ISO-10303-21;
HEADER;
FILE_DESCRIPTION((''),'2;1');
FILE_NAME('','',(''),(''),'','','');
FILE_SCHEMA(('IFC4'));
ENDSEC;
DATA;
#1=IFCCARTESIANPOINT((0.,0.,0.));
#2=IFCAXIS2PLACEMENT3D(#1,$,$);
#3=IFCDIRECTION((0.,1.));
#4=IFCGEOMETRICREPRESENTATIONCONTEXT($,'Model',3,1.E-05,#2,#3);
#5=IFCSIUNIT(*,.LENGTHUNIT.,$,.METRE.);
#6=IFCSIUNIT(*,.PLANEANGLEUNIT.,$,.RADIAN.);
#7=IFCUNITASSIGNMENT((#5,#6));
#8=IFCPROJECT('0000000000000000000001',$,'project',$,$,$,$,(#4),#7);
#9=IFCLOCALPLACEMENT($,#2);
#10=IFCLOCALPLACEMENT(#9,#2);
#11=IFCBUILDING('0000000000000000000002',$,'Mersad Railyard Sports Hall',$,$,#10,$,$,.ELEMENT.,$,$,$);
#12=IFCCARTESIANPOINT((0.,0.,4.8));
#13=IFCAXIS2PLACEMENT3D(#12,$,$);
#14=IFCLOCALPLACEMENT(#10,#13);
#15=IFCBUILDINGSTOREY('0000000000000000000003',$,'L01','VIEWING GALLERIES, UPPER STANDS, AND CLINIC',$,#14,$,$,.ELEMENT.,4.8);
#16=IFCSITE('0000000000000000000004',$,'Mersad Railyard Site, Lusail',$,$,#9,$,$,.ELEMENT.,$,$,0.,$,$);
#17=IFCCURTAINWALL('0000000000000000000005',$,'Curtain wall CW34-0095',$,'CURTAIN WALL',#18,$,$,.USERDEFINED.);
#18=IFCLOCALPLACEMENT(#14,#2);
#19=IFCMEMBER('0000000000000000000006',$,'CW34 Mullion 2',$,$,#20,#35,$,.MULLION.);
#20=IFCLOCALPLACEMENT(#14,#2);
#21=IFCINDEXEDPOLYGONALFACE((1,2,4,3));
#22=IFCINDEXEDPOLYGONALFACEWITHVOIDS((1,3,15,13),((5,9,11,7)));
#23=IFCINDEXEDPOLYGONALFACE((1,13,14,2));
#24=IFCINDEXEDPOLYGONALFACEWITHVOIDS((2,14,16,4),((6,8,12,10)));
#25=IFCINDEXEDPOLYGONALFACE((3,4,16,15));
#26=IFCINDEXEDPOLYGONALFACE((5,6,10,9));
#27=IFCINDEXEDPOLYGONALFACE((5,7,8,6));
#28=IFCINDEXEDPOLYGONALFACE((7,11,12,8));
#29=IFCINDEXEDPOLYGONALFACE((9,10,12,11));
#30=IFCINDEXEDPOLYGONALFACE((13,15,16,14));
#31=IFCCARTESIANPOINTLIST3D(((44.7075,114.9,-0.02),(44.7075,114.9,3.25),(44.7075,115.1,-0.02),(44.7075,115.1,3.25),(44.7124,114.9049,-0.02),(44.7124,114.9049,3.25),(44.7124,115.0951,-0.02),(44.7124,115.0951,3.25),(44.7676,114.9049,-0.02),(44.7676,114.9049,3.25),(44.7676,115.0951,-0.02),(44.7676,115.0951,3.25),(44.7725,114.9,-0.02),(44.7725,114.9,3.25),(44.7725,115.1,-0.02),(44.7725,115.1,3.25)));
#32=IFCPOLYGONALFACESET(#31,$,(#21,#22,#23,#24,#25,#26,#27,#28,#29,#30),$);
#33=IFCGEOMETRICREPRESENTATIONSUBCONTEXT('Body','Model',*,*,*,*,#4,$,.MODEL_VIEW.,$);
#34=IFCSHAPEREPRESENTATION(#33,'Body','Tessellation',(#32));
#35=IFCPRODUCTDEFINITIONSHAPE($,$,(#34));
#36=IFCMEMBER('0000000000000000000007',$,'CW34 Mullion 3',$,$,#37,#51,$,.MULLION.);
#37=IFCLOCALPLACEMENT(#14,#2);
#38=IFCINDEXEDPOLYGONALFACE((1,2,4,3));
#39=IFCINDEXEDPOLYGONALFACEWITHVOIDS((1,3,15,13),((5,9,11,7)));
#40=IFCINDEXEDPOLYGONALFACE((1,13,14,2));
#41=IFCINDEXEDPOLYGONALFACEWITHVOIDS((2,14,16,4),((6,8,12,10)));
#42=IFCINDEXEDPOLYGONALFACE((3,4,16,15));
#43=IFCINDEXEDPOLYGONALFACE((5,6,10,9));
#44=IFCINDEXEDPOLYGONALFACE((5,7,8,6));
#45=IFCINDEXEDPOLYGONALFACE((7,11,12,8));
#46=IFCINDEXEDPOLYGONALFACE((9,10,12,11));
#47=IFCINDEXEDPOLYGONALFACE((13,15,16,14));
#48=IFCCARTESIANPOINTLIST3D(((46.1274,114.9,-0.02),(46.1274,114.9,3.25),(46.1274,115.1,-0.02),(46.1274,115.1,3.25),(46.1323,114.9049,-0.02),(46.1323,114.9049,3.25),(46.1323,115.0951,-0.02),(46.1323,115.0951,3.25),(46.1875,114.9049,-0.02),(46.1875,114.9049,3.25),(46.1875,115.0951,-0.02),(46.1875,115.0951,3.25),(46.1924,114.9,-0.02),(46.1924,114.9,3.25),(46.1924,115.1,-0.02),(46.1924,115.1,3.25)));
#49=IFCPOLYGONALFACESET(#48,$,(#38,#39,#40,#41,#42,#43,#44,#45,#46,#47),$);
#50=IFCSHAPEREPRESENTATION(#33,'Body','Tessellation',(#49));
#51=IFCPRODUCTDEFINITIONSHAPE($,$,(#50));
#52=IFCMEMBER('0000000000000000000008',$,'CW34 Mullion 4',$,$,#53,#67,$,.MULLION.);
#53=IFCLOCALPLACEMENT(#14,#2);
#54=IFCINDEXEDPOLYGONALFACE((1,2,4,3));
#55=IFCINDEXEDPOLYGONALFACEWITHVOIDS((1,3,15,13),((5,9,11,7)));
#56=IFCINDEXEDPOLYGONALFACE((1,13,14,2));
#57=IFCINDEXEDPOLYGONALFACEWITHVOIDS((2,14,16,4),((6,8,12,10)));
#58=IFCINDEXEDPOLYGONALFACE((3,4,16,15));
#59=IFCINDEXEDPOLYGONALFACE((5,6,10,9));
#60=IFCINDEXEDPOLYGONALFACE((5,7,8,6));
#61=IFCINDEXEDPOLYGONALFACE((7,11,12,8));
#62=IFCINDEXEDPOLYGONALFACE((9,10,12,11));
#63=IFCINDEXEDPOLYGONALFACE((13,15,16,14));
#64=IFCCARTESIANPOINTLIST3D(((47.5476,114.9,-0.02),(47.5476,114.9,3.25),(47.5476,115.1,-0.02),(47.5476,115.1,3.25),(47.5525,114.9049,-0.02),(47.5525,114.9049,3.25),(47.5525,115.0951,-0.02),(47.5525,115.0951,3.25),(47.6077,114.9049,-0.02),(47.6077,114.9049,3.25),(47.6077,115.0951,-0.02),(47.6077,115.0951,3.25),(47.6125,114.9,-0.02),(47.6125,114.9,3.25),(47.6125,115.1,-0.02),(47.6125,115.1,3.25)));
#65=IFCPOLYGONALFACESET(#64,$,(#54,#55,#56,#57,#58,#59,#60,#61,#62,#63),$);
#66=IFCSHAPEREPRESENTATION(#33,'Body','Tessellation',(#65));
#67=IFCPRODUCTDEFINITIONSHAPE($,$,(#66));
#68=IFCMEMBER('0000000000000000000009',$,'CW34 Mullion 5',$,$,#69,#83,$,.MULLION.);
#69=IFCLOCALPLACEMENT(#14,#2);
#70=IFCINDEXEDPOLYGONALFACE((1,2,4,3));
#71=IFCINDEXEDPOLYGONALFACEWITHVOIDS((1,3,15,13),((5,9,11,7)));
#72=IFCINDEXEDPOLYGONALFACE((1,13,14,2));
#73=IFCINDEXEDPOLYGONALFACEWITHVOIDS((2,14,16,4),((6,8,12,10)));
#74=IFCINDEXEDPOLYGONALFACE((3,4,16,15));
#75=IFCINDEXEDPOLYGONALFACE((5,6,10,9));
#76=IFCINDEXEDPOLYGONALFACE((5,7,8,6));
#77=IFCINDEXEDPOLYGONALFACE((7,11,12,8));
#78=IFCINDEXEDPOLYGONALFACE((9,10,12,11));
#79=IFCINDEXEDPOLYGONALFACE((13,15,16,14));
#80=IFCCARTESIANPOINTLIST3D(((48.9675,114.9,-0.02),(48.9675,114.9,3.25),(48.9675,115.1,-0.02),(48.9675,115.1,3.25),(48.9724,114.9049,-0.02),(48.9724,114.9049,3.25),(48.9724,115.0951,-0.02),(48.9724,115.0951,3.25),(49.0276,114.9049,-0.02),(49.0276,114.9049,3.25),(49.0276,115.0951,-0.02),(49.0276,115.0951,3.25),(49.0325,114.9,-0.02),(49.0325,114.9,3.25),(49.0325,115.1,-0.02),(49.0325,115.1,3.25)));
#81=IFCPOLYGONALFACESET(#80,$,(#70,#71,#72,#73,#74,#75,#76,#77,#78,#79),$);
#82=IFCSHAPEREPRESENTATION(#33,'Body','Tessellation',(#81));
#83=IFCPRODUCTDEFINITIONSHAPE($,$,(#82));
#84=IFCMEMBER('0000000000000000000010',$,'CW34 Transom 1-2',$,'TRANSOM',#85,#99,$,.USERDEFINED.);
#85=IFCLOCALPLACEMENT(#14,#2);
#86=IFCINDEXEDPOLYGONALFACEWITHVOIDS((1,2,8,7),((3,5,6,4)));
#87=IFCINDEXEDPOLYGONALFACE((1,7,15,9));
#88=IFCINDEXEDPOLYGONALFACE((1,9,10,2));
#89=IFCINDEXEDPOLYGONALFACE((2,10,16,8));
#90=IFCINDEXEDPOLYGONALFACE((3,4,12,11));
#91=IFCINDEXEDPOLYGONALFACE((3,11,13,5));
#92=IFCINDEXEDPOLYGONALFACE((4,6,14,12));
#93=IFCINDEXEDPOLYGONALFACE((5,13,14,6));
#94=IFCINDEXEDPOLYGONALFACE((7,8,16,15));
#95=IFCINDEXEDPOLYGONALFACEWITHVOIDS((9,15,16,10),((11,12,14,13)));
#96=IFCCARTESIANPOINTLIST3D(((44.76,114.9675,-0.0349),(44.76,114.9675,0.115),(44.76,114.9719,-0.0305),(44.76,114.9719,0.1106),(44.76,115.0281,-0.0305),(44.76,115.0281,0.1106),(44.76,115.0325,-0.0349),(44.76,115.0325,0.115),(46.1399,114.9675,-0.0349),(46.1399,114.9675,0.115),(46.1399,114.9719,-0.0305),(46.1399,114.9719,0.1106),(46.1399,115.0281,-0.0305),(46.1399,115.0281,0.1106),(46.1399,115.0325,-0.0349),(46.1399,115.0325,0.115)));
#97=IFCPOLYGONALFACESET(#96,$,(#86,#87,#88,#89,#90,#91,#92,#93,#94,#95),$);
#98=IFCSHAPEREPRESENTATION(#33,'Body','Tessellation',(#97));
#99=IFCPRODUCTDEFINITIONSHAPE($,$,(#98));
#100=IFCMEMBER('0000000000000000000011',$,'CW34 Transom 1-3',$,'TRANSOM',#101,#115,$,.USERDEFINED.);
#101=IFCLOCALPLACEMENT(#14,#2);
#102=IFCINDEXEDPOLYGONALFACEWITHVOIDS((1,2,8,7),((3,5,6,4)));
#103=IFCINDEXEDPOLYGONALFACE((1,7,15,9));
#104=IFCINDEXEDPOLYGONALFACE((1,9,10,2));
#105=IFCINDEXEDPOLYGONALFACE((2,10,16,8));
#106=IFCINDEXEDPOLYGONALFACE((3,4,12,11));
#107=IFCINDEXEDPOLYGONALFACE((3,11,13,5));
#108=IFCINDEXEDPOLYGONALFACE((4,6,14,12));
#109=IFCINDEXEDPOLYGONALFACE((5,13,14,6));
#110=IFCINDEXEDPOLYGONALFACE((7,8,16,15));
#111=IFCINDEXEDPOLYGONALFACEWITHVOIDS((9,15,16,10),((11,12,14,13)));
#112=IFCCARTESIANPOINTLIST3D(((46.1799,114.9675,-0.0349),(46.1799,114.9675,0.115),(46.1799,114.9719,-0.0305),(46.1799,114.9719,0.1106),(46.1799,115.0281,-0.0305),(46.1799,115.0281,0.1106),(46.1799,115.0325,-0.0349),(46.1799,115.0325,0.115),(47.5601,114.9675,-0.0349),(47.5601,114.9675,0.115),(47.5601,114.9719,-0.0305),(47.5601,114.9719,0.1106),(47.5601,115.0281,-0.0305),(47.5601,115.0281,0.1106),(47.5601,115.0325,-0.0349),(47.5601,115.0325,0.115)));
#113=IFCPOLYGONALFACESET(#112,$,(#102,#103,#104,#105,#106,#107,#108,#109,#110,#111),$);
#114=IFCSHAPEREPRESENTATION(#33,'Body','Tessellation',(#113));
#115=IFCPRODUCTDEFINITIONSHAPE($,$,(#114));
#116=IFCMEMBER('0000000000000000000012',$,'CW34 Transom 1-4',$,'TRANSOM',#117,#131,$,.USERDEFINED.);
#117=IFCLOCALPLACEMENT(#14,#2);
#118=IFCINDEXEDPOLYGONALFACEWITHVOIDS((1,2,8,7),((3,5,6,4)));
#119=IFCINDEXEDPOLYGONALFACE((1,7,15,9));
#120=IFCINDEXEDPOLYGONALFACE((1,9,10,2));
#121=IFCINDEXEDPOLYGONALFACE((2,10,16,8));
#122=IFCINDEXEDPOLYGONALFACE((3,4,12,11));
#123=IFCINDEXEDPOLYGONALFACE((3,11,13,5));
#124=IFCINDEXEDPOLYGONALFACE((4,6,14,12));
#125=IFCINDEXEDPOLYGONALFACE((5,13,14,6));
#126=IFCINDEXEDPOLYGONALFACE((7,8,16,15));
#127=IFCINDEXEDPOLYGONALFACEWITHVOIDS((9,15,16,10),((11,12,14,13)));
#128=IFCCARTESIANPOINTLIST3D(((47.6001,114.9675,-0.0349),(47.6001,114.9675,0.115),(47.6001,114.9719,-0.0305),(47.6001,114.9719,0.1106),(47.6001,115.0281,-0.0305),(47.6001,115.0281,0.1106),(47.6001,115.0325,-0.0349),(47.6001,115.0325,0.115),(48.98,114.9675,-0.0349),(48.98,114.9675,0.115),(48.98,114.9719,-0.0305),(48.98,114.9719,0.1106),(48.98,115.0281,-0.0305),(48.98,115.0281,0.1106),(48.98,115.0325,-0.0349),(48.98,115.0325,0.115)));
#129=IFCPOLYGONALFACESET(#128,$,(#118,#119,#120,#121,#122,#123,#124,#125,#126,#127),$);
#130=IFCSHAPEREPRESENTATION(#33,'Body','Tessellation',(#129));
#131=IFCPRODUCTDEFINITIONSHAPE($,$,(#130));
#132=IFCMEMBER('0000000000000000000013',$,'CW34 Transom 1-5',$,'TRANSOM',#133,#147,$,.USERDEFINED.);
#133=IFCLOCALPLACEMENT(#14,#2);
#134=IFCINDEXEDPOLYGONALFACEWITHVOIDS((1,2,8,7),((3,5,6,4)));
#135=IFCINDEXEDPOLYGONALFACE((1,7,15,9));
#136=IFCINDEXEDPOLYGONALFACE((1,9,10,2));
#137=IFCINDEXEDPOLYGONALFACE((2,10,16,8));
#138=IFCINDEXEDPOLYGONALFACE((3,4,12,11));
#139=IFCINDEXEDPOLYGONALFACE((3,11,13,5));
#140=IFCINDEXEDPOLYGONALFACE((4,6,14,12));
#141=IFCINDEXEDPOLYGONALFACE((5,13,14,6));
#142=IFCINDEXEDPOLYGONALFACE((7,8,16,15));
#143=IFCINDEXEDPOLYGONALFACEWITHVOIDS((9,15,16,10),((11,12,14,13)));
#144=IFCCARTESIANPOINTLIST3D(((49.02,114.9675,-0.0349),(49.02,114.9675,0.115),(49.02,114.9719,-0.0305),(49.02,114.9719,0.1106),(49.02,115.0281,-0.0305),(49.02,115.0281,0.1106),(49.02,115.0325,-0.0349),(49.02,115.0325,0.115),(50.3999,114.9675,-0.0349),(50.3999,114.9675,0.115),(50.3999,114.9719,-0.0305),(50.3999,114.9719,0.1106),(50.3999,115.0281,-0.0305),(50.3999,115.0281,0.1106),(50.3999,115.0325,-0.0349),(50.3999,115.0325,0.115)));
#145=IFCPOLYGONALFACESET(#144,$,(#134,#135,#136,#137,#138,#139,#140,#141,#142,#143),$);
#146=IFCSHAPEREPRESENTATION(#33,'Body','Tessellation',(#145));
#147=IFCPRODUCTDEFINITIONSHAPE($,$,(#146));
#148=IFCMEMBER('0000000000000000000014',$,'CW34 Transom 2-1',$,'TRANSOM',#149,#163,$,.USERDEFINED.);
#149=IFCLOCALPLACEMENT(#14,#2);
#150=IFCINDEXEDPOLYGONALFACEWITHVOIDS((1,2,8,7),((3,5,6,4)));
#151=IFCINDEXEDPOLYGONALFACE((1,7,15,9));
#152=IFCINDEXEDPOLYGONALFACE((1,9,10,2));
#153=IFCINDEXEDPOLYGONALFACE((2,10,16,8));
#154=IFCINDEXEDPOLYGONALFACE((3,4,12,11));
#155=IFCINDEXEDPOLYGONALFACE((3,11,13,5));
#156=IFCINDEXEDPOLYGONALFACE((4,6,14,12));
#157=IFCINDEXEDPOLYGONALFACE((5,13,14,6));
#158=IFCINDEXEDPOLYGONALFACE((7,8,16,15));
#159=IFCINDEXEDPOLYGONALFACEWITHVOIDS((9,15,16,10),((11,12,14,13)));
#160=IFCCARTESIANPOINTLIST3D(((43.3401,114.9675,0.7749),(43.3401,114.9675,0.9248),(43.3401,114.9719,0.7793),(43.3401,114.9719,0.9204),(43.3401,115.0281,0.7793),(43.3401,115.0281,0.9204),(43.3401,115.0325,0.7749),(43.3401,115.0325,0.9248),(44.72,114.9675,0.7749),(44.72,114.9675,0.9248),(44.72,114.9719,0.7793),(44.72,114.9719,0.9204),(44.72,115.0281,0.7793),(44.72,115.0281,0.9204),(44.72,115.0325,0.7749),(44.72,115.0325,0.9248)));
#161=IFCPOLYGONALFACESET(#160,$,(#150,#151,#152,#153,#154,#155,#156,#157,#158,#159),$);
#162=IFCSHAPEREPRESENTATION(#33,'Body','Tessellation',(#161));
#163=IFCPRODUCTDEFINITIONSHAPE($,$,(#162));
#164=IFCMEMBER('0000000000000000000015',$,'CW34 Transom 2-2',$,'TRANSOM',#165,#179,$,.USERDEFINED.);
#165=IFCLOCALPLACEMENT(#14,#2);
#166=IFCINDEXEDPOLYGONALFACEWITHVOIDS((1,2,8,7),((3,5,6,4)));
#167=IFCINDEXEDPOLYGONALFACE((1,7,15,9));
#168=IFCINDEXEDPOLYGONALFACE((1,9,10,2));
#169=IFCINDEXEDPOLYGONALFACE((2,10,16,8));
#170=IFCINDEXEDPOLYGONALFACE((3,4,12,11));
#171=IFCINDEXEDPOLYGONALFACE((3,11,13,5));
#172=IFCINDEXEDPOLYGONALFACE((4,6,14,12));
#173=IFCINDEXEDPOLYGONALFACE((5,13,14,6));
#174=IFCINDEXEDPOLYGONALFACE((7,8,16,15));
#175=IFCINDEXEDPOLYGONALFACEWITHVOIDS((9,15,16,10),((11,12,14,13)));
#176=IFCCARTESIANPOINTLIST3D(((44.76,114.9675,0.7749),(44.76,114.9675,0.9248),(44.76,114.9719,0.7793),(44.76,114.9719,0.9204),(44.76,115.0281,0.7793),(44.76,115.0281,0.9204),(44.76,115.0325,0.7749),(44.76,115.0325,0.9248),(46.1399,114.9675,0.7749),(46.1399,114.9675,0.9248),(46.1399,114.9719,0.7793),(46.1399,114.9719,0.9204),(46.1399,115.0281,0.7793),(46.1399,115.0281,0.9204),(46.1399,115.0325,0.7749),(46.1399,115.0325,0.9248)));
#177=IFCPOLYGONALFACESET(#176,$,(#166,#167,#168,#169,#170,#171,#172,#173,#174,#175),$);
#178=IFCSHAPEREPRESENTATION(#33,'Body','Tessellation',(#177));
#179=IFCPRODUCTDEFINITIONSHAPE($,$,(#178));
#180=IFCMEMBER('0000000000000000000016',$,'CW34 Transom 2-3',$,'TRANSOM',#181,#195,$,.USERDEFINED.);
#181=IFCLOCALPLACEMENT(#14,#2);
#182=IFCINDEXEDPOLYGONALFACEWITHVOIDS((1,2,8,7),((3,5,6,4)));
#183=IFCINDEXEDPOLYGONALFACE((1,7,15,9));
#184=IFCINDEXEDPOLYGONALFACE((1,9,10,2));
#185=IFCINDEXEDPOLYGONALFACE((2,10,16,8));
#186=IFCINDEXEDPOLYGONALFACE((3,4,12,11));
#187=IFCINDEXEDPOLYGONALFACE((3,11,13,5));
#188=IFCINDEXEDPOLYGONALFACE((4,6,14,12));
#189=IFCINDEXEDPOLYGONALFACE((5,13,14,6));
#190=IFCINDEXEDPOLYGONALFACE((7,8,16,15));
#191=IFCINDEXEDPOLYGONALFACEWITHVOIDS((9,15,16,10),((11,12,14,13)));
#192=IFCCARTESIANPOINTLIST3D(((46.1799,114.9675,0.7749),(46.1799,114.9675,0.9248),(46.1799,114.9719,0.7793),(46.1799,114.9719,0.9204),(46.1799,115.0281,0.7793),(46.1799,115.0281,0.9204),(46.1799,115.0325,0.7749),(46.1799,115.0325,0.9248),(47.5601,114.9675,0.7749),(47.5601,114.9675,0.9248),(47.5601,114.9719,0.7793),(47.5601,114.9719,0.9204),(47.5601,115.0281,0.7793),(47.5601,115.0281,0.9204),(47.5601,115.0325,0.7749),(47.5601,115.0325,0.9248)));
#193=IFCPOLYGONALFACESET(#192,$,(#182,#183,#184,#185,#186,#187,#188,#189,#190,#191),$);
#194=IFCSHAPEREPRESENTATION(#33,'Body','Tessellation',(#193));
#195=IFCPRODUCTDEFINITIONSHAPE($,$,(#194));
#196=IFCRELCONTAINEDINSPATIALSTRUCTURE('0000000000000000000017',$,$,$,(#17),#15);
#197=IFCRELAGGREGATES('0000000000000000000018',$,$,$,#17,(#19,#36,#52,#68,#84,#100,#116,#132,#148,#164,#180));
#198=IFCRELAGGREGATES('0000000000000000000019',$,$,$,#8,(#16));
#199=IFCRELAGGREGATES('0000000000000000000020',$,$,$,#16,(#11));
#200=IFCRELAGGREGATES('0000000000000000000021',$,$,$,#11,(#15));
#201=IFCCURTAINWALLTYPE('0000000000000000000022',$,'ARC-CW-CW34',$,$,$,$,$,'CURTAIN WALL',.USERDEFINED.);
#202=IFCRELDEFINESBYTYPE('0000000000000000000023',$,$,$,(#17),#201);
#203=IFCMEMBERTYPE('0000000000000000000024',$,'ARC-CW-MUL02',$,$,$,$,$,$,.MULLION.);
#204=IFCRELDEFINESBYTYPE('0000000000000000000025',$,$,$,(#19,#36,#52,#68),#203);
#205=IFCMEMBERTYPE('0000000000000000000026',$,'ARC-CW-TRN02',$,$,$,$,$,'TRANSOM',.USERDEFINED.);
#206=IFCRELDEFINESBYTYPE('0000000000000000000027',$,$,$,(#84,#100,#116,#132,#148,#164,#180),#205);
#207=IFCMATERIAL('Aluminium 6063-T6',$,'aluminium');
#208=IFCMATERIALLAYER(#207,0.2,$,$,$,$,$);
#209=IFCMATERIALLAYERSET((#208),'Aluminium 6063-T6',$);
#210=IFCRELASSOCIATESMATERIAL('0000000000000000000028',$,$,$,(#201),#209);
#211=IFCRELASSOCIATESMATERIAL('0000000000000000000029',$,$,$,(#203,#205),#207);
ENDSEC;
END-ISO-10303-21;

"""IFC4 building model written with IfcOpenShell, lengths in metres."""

from ifc_helpers import new_model, si_unit, direction, frame, origin, origin_2d, place, context, subcontext, project, spatial, hollow_rectangle, extrude, material, layer, layer_set, material_profile, profile_set, type_object, element, aggregate, save


model = new_model("IFC4")

# Units and contexts
model_context = context("Model", 3, precision=1e-05, world=origin(), true_north=direction((0.0, 1.0)))
body_context = subcontext(model_context, "Body", "Model", "MODEL_VIEW")
ifc_project = project(units=[si_unit("LENGTHUNIT", "METRE"), si_unit("PLANEANGLEUNIT", "RADIAN")], contexts=[model_context])

# Site, building, storey
site_placement = place(None, origin())
site = spatial("IfcSite", under=ifc_project, at=site_placement, Name="Mersad Railyard Site, Lusail", CompositionType="ELEMENT", RefElevation=0.0)
building_placement = place(site_placement, origin())
building = spatial("IfcBuilding", under=site, at=building_placement, Name="Mersad Railyard Sports Hall", CompositionType="ELEMENT")
storey_placement = place(building_placement, frame((0.0, 0.0, 4.8)))
storey = spatial("IfcBuildingStorey", under=building, at=storey_placement, Name="L01", Description="VIEWING GALLERIES, UPPER STANDS, AND CLINIC", CompositionType="ELEMENT", Elevation=4.8)

# Curtain wall, members
ifc_material_1 = material(Name="Aluminium 6063-T6", Category="aluminium")
ifc_layer_1 = layer(ifc_material_1, 0.2)
ifc_layer_set_1 = layer_set([ifc_layer_1], Name="Aluminium 6063-T6")
curtain_wall_type = type_object("IfcCurtainWallType", Name="ARC-CW-CW34", ElementType="CURTAIN WALL", PredefinedType="USERDEFINED", material=ifc_layer_set_1)
curtain_wall_placement = place(storey_placement, origin())
curtain_wall = element("IfcCurtainWall", 1, at=curtain_wall_placement, inside=storey, type_object=curtain_wall_type, Name="Curtain wall CW34-0095", ObjectType="CURTAIN WALL", PredefinedType="USERDEFINED")
ifc_material_profile_1 = material_profile(ifc_material_1, hollow_rectangle(XDim=0.0649, YDim=0.2, WallThickness=0.0049, at=origin_2d()), Name="AL MULLION 65x200x5")
ifc_profile_set_1 = profile_set([ifc_material_profile_1], Name="Aluminium 6063-T6")
member_type_1 = type_object("IfcMemberType", Name="ARC-CW-MUL02", PredefinedType="MULLION", material=ifc_profile_set_1)
member_1_placement = place(storey_placement, frame((44.74, 115.0, -0.02), z_axis=(0.0, 0.0, 1.0), x_axis=(1.0, 0.0, 0.0)))
member_1 = element("IfcMember", 2, at=member_1_placement, type_object=member_type_1, Name="CW34 Mullion 2", PredefinedType="MULLION", context=body_context, shape_type="SweptSolid", body=[
    extrude(hollow_rectangle(XDim=0.0649, YDim=0.2, WallThickness=0.0049, at=origin_2d()), origin(), (0.0, 0.0, 1.0), 3.27),
])
member_2_placement = place(storey_placement, frame((46.1599, 115.0, -0.02), z_axis=(0.0, 0.0, 1.0), x_axis=(1.0, 0.0, 0.0)))
member_2 = element("IfcMember", 3, at=member_2_placement, type_object=member_type_1, Name="CW34 Mullion 3", PredefinedType="MULLION", context=body_context, shape_type="SweptSolid", body=[
    extrude(hollow_rectangle(XDim=0.0649, YDim=0.2, WallThickness=0.0049, at=origin_2d()), origin(), (0.0, 0.0, 1.0), 3.27),
])
member_3_placement = place(storey_placement, frame((47.5801, 115.0, -0.02), z_axis=(0.0, 0.0, 1.0), x_axis=(1.0, 0.0, 0.0)))
member_3 = element("IfcMember", 4, at=member_3_placement, type_object=member_type_1, Name="CW34 Mullion 4", PredefinedType="MULLION", context=body_context, shape_type="SweptSolid", body=[
    extrude(hollow_rectangle(XDim=0.0649, YDim=0.2, WallThickness=0.0049, at=origin_2d()), origin(), (0.0, 0.0, 1.0), 3.27),
])
member_4_placement = place(storey_placement, frame((49.0, 115.0, -0.02), z_axis=(0.0, 0.0, 1.0), x_axis=(1.0, 0.0, 0.0)))
member_4 = element("IfcMember", 5, at=member_4_placement, type_object=member_type_1, Name="CW34 Mullion 5", PredefinedType="MULLION", context=body_context, shape_type="SweptSolid", body=[
    extrude(hollow_rectangle(XDim=0.0649, YDim=0.2, WallThickness=0.0049, at=origin_2d()), origin(), (0.0, 0.0, 1.0), 3.27),
])
ifc_material_profile_2 = material_profile(ifc_material_1, hollow_rectangle(XDim=0.0649, YDim=0.1499, WallThickness=0.0044, at=origin_2d()), Name="AL TRANSOM 65x150x4.5")
ifc_profile_set_2 = profile_set([ifc_material_profile_2], Name="Aluminium 6063-T6")
member_type_2 = type_object("IfcMemberType", Name="ARC-CW-TRN02", ElementType="TRANSOM", PredefinedType="USERDEFINED", material=ifc_profile_set_2)
member_5_placement = place(storey_placement, frame((44.76, 115.0, 0.04), z_axis=(1.0, 0.0, 0.0), x_axis=(0.0, 1.0, 0.0)))
member_5 = element("IfcMember", 6, at=member_5_placement, type_object=member_type_2, Name="CW34 Transom 1-2", ObjectType="TRANSOM", PredefinedType="USERDEFINED", context=body_context, shape_type="SweptSolid", body=[
    extrude(hollow_rectangle(XDim=0.0649, YDim=0.1499, WallThickness=0.0044, at=origin_2d()), origin(), (0.0, 0.0, 1.0), 1.3799),
])
member_6_placement = place(storey_placement, frame((46.1799, 115.0, 0.04), z_axis=(1.0, 0.0, 0.0), x_axis=(0.0, 1.0, 0.0)))
member_6 = element("IfcMember", 7, at=member_6_placement, type_object=member_type_2, Name="CW34 Transom 1-3", ObjectType="TRANSOM", PredefinedType="USERDEFINED", context=body_context, shape_type="SweptSolid", body=[
    extrude(hollow_rectangle(XDim=0.0649, YDim=0.1499, WallThickness=0.0044, at=origin_2d()), origin(), (0.0, 0.0, 1.0), 1.3801),
])
member_7_placement = place(storey_placement, frame((47.6001, 115.0, 0.04), z_axis=(1.0, 0.0, 0.0), x_axis=(0.0, 1.0, 0.0)))
member_7 = element("IfcMember", 8, at=member_7_placement, type_object=member_type_2, Name="CW34 Transom 1-4", ObjectType="TRANSOM", PredefinedType="USERDEFINED", context=body_context, shape_type="SweptSolid", body=[
    extrude(hollow_rectangle(XDim=0.0649, YDim=0.1499, WallThickness=0.0044, at=origin_2d()), origin(), (0.0, 0.0, 1.0), 1.3799),
])
member_8_placement = place(storey_placement, frame((49.02, 115.0, 0.04), z_axis=(1.0, 0.0, 0.0), x_axis=(0.0, 1.0, 0.0)))
member_8 = element("IfcMember", 9, at=member_8_placement, type_object=member_type_2, Name="CW34 Transom 1-5", ObjectType="TRANSOM", PredefinedType="USERDEFINED", context=body_context, shape_type="SweptSolid", body=[
    extrude(hollow_rectangle(XDim=0.0649, YDim=0.1499, WallThickness=0.0044, at=origin_2d()), origin(), (0.0, 0.0, 1.0), 1.3799),
])
member_9_placement = place(storey_placement, frame((43.3401, 115.0, 0.8499), z_axis=(1.0, 0.0, 0.0), x_axis=(0.0, 1.0, 0.0)))
member_9 = element("IfcMember", 10, at=member_9_placement, type_object=member_type_2, Name="CW34 Transom 2-1", ObjectType="TRANSOM", PredefinedType="USERDEFINED", context=body_context, shape_type="SweptSolid", body=[
    extrude(hollow_rectangle(XDim=0.0649, YDim=0.1499, WallThickness=0.0044, at=origin_2d()), origin(), (0.0, 0.0, 1.0), 1.3799),
])
member_10_placement = place(storey_placement, frame((44.76, 115.0, 0.8499), z_axis=(1.0, 0.0, 0.0), x_axis=(0.0, 1.0, 0.0)))
member_10 = element("IfcMember", 11, at=member_10_placement, type_object=member_type_2, Name="CW34 Transom 2-2", ObjectType="TRANSOM", PredefinedType="USERDEFINED", context=body_context, shape_type="SweptSolid", body=[
    extrude(hollow_rectangle(XDim=0.0649, YDim=0.1499, WallThickness=0.0044, at=origin_2d()), origin(), (0.0, 0.0, 1.0), 1.3799),
])
member_11_placement = place(storey_placement, frame((46.1799, 115.0, 0.8499), z_axis=(1.0, 0.0, 0.0), x_axis=(0.0, 1.0, 0.0)))
member_11 = element("IfcMember", 12, at=member_11_placement, type_object=member_type_2, Name="CW34 Transom 2-3", ObjectType="TRANSOM", PredefinedType="USERDEFINED", context=body_context, shape_type="SweptSolid", body=[
    extrude(hollow_rectangle(XDim=0.0649, YDim=0.1499, WallThickness=0.0044, at=origin_2d()), origin(), (0.0, 0.0, 1.0), 1.3801),
])
aggregate(curtain_wall, [member_1, member_2, member_3, member_4, member_5, member_6, member_7, member_8, member_9, member_10, member_11])

save(model, "model.ifc")
